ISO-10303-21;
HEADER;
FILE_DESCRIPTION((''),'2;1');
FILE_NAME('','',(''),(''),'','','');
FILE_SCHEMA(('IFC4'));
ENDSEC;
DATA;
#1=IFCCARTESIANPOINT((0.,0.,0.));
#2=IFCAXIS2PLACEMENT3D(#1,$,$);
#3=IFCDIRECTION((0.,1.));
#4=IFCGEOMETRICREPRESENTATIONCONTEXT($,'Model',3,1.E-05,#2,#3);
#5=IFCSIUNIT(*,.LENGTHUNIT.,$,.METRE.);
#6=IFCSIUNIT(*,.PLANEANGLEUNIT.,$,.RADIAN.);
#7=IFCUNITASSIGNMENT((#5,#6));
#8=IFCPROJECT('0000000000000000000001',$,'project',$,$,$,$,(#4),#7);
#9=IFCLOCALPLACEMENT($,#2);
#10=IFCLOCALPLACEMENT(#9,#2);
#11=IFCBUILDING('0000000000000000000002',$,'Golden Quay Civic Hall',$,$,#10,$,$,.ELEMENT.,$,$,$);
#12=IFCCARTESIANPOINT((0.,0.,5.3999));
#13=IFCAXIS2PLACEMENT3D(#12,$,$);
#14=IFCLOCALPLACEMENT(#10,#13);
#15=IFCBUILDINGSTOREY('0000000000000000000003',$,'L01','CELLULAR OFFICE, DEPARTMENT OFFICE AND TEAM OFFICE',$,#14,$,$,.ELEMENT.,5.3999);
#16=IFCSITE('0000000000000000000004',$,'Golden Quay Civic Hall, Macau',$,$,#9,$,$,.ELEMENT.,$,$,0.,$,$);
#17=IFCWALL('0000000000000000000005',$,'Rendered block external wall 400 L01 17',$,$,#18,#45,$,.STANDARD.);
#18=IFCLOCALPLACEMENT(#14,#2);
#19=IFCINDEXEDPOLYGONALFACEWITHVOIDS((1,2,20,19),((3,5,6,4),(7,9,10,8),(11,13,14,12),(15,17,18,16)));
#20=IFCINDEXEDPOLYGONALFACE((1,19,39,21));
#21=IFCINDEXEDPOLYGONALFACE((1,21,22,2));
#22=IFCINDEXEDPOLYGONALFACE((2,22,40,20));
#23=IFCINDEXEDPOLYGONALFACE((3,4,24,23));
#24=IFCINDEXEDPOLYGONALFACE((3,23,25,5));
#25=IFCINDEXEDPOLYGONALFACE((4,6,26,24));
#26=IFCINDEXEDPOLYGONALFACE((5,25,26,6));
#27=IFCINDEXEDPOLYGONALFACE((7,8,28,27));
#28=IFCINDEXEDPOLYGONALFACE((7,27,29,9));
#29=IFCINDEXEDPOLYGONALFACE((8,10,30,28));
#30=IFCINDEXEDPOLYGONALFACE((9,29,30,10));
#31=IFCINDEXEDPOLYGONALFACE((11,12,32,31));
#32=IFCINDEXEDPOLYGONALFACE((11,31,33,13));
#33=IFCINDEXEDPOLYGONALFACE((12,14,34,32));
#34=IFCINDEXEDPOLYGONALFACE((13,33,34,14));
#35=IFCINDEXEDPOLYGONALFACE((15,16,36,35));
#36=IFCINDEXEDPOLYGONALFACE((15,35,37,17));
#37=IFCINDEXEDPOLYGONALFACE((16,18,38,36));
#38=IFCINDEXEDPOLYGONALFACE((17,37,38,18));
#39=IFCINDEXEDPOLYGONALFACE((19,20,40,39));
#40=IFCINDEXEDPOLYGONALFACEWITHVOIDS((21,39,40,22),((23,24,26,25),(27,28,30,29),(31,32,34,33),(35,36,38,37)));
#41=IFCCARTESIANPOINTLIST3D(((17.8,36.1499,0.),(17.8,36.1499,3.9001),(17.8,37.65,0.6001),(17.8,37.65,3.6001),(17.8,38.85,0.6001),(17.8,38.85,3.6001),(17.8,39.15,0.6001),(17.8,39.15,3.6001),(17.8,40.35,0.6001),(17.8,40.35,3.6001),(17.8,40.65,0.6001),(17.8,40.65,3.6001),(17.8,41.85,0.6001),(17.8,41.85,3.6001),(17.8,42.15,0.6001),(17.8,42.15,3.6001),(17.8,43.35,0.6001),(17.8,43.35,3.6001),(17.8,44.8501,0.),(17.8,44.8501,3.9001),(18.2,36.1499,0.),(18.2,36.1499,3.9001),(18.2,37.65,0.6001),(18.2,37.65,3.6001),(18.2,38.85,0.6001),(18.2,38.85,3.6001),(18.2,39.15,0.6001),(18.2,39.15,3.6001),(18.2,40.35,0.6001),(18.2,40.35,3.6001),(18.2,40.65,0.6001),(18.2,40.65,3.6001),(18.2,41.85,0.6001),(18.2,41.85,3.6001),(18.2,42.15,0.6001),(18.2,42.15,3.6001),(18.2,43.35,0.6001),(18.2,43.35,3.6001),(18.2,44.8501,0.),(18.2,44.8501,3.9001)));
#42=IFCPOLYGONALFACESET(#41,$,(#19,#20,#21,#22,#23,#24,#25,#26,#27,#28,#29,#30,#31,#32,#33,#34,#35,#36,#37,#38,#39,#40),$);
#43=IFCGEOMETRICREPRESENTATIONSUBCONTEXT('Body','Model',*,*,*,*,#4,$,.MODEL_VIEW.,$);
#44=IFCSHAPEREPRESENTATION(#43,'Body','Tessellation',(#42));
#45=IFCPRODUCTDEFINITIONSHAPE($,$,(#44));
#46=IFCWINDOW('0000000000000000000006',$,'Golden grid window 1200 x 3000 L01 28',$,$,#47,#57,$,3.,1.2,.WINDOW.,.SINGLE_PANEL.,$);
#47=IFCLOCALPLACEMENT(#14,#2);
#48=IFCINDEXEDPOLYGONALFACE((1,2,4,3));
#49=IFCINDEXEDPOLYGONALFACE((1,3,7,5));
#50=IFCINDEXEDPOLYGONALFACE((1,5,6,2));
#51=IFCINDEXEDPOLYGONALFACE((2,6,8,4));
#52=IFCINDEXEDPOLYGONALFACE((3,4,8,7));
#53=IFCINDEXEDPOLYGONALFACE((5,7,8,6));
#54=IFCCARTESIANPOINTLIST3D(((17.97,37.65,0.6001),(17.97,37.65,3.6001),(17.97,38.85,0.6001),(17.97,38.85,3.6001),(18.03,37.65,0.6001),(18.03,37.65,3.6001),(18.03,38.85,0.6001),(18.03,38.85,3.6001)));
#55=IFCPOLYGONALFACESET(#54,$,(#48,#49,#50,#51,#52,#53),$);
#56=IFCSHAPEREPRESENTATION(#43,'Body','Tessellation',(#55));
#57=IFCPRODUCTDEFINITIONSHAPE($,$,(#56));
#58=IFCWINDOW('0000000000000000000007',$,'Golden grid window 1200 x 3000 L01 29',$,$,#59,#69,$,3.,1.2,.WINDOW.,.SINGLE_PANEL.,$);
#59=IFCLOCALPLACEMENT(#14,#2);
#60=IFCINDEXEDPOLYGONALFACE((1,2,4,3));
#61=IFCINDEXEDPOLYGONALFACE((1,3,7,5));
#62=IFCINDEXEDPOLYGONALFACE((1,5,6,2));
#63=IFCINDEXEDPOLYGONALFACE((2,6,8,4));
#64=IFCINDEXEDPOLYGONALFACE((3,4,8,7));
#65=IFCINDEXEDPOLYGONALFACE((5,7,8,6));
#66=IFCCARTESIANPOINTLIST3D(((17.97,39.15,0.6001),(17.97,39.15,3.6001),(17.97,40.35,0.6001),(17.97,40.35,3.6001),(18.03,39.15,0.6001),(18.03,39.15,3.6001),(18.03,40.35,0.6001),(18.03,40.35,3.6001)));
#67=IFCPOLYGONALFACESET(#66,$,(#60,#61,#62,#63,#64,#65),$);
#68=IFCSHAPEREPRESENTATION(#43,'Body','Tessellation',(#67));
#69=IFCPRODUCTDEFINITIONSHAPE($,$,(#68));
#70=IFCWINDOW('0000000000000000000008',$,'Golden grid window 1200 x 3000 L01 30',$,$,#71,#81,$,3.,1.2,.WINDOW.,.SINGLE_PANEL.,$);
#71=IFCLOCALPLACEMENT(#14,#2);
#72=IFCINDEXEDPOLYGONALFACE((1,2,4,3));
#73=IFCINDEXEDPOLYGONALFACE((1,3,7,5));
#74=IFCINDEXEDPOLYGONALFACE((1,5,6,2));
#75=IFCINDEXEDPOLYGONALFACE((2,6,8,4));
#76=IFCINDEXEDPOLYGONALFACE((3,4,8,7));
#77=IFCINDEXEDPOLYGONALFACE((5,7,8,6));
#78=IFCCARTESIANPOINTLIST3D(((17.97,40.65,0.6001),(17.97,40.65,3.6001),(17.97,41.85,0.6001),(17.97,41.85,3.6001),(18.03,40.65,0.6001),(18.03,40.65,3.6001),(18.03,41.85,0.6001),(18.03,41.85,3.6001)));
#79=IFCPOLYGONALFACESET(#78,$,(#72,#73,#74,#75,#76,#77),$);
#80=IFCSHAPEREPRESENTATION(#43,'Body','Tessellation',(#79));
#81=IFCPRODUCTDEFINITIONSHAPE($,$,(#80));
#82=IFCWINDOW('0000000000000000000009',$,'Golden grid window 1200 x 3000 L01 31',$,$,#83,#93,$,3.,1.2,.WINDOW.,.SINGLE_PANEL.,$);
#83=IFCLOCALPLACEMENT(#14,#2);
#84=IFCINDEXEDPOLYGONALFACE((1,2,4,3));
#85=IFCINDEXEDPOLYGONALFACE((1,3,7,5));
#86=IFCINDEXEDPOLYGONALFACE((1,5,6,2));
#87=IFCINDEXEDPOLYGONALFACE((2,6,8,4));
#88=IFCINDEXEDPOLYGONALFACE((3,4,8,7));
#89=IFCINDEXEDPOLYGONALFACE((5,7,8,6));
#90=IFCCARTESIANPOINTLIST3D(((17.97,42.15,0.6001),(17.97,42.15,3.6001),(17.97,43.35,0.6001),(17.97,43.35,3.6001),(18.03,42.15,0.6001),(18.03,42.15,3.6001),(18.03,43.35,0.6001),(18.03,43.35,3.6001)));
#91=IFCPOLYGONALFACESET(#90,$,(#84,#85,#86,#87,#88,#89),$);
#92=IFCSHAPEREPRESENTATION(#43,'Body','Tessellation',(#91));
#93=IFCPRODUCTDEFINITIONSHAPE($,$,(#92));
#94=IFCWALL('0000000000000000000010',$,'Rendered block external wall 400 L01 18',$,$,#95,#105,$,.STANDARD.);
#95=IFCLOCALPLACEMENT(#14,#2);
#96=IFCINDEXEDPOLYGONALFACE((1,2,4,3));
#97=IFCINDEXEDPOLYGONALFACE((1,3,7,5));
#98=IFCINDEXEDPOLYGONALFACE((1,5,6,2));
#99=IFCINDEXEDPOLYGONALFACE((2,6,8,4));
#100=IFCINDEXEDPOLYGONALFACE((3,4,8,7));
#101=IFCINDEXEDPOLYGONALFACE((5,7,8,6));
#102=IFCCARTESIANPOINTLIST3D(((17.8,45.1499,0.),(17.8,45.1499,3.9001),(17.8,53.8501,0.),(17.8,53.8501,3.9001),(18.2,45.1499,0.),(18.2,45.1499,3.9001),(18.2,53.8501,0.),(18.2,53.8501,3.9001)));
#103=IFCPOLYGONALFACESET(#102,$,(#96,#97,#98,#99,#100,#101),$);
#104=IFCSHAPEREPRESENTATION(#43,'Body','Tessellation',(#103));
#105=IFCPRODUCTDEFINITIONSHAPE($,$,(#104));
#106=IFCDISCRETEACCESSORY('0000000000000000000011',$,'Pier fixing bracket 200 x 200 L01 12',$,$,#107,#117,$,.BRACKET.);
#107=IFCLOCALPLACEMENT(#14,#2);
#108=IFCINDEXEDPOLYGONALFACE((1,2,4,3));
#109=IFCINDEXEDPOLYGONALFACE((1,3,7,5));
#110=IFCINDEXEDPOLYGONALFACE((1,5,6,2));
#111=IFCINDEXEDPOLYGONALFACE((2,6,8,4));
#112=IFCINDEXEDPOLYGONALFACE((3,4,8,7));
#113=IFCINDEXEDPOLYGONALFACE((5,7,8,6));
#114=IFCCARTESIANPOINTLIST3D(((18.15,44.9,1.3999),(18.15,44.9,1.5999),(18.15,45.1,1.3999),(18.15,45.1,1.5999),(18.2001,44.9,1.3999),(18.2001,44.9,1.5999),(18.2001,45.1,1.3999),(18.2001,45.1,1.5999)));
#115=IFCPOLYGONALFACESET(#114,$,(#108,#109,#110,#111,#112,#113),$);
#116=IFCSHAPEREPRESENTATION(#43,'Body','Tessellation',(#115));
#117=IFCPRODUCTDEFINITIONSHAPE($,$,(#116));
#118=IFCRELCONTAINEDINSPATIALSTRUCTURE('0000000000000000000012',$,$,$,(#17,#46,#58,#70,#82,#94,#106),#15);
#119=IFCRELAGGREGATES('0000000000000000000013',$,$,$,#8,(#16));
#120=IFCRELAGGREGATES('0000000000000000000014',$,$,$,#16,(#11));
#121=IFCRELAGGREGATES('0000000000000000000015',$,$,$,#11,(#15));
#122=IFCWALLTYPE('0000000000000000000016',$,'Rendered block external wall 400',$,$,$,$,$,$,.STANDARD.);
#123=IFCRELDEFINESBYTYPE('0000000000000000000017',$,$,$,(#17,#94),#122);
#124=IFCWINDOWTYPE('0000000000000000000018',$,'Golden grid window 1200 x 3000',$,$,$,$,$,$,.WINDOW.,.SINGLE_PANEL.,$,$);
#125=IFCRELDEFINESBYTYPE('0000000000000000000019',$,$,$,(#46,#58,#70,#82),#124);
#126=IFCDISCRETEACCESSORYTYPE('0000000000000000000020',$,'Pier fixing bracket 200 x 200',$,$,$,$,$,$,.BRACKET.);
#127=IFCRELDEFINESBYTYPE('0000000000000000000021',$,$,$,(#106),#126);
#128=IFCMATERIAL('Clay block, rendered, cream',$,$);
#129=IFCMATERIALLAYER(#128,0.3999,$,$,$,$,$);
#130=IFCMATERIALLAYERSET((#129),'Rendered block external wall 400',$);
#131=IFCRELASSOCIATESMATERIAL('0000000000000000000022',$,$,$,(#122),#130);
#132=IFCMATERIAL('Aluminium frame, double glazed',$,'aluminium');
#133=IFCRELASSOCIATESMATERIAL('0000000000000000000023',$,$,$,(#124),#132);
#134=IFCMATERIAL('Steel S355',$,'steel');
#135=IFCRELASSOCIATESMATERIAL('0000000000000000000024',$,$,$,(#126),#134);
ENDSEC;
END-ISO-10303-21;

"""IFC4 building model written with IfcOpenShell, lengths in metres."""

from ifc_helpers import new_model, si_unit, direction, frame, frame_2d, origin, origin_2d, place, context, subcontext, project, spatial, rectangle, extrude, material, layer, layer_set, type_object, element, fill, save


model = new_model("IFC4")

# Units and contexts
model_context = context("Model", 3, precision=1e-05, world=origin(), true_north=direction((0.0, 1.0)))
body_context = subcontext(model_context, "Body", "Model", "MODEL_VIEW")
ifc_project = project(units=[si_unit("LENGTHUNIT", "METRE"), si_unit("PLANEANGLEUNIT", "RADIAN")], contexts=[model_context])

# Site, building, storey
site_placement = place(None, origin())
site = spatial("IfcSite", under=ifc_project, at=site_placement, Name="Golden Quay Civic Hall, Macau", CompositionType="ELEMENT", RefElevation=0.0)
building_placement = place(site_placement, origin())
building = spatial("IfcBuilding", under=site, at=building_placement, Name="Golden Quay Civic Hall", CompositionType="ELEMENT")
storey_placement = place(building_placement, frame((0.0, 0.0, 5.3999)))
storey = spatial("IfcBuildingStorey", under=building, at=storey_placement, Name="L01", Description="CELLULAR OFFICE, DEPARTMENT OFFICE AND TEAM OFFICE", CompositionType="ELEMENT", Elevation=5.3999)

# Wall, openings, windows
ifc_material_1 = material(Name="Clay block, rendered, cream")
ifc_layer_1 = layer(ifc_material_1, 0.3999)
ifc_layer_set_1 = layer_set([ifc_layer_1], Name="Rendered block external wall 400")
wall_type_1 = type_object("IfcWallType", Name="Rendered block external wall 400", PredefinedType="STANDARD", material=ifc_layer_set_1)
wall_1_placement = place(storey_placement, frame((18.0, 44.8501, 0.0), z_axis=(0.0, 0.0, 1.0), x_axis=(0.0, -1.0, 0.0)))
wall_1 = element("IfcWall", 1, at=wall_1_placement, inside=storey, type_object=wall_type_1, Name="Rendered block external wall 400 L01 17", PredefinedType="STANDARD", context=body_context, shape_type="SweptSolid", body=[
    extrude(rectangle(XDim=8.7002, YDim=0.3999, at=frame_2d((4.3501, 0.0))), origin(), (0.0, 0.0, 1.0), 3.9001),
])
opening_1_placement = place(wall_1_placement, frame((6.0, 0.0, 0.6001)))
opening_1 = element("IfcOpeningElement", 2, at=opening_1_placement, cuts=wall_1, PredefinedType="OPENING", context=body_context, shape_type="SweptSolid", body=[
    extrude(rectangle(XDim=1.2, YDim=3.0, at=frame_2d((0.6001, 1.5))), frame((0.0, 0.21, 0.0), z_axis=(0.0, -1.0, 0.0), x_axis=(1.0, 0.0, 0.0)), (0.0, 0.0, 1.0), 0.4199),
])
opening_2_placement = place(wall_1_placement, frame((4.5, 0.0, 0.6001)))
opening_2 = element("IfcOpeningElement", 3, at=opening_2_placement, cuts=wall_1, PredefinedType="OPENING", context=body_context, shape_type="SweptSolid", body=[
    extrude(rectangle(XDim=1.2, YDim=3.0, at=frame_2d((0.6001, 1.5))), frame((0.0, 0.21, 0.0), z_axis=(0.0, -1.0, 0.0), x_axis=(1.0, 0.0, 0.0)), (0.0, 0.0, 1.0), 0.4199),
])
opening_3_placement = place(wall_1_placement, frame((3.0, 0.0, 0.6001)))
opening_3 = element("IfcOpeningElement", 4, at=opening_3_placement, cuts=wall_1, PredefinedType="OPENING", context=body_context, shape_type="SweptSolid", body=[
    extrude(rectangle(XDim=1.2, YDim=3.0, at=frame_2d((0.6001, 1.5))), frame((0.0, 0.21, 0.0), z_axis=(0.0, -1.0, 0.0), x_axis=(1.0, 0.0, 0.0)), (0.0, 0.0, 1.0), 0.4199),
])
opening_4_placement = place(wall_1_placement, frame((1.5, 0.0, 0.6001)))
opening_4 = element("IfcOpeningElement", 5, at=opening_4_placement, cuts=wall_1, PredefinedType="OPENING", context=body_context, shape_type="SweptSolid", body=[
    extrude(rectangle(XDim=1.2, YDim=3.0, at=frame_2d((0.6001, 1.5))), frame((0.0, 0.21, 0.0), z_axis=(0.0, -1.0, 0.0), x_axis=(1.0, 0.0, 0.0)), (0.0, 0.0, 1.0), 0.4199),
])
ifc_material_2 = material(Name="Aluminium frame, double glazed", Category="aluminium")
window_type = type_object("IfcWindowType", Name="Golden grid window 1200 x 3000", PartitioningType="SINGLE_PANEL", PredefinedType="WINDOW", material=ifc_material_2)
window_1_placement = place(opening_1_placement, origin())
window_1 = element("IfcWindow", 6, at=window_1_placement, inside=storey, type_object=window_type, Name="Golden grid window 1200 x 3000 L01 28", OverallHeight=3.0, OverallWidth=1.2, PartitioningType="SINGLE_PANEL", PredefinedType="WINDOW", context=body_context, shape_type="SweptSolid", body=[
    extrude(rectangle(XDim=1.2, YDim=3.0, at=frame_2d((0.6001, 1.5))), frame((0.0, 0.03, 0.0), z_axis=(0.0, -1.0, 0.0), x_axis=(1.0, 0.0, 0.0)), (0.0, 0.0, 1.0), 0.0601),
])
fill(opening_1, window_1)
window_2_placement = place(opening_2_placement, origin())
window_2 = element("IfcWindow", 7, at=window_2_placement, inside=storey, type_object=window_type, Name="Golden grid window 1200 x 3000 L01 29", OverallHeight=3.0, OverallWidth=1.2, PartitioningType="SINGLE_PANEL", PredefinedType="WINDOW", context=body_context, shape_type="SweptSolid", body=[
    extrude(rectangle(XDim=1.2, YDim=3.0, at=frame_2d((0.6001, 1.5))), frame((0.0, 0.03, 0.0), z_axis=(0.0, -1.0, 0.0), x_axis=(1.0, 0.0, 0.0)), (0.0, 0.0, 1.0), 0.0601),
])
fill(opening_2, window_2)
window_3_placement = place(opening_3_placement, origin())
window_3 = element("IfcWindow", 8, at=window_3_placement, inside=storey, type_object=window_type, Name="Golden grid window 1200 x 3000 L01 30", OverallHeight=3.0, OverallWidth=1.2, PartitioningType="SINGLE_PANEL", PredefinedType="WINDOW", context=body_context, shape_type="SweptSolid", body=[
    extrude(rectangle(XDim=1.2, YDim=3.0, at=frame_2d((0.6001, 1.5))), frame((0.0, 0.03, 0.0), z_axis=(0.0, -1.0, 0.0), x_axis=(1.0, 0.0, 0.0)), (0.0, 0.0, 1.0), 0.0601),
])
fill(opening_3, window_3)
window_4_placement = place(opening_4_placement, origin())
window_4 = element("IfcWindow", 9, at=window_4_placement, inside=storey, type_object=window_type, Name="Golden grid window 1200 x 3000 L01 31", OverallHeight=3.0, OverallWidth=1.2, PartitioningType="SINGLE_PANEL", PredefinedType="WINDOW", context=body_context, shape_type="SweptSolid", body=[
    extrude(rectangle(XDim=1.2, YDim=3.0, at=frame_2d((0.6001, 1.5))), frame((0.0, 0.03, 0.0), z_axis=(0.0, -1.0, 0.0), x_axis=(1.0, 0.0, 0.0)), (0.0, 0.0, 1.0), 0.0601),
])
fill(opening_4, window_4)

# Wall
wall_2_placement = place(storey_placement, frame((18.0, 53.8501, 0.0), z_axis=(0.0, 0.0, 1.0), x_axis=(0.0, -1.0, 0.0)))
element("IfcWall", 10, at=wall_2_placement, inside=storey, type_object=wall_type_1, Name="Rendered block external wall 400 L01 18", PredefinedType="STANDARD", context=body_context, shape_type="SweptSolid", body=[
    extrude(rectangle(XDim=8.7002, YDim=0.3999, at=frame_2d((4.3501, 0.0))), origin(), (0.0, 0.0, 1.0), 3.9001),
])

# Discrete accessory
ifc_material_3 = material(Name="Steel S355", Category="steel")
discrete_accessory_type = type_object("IfcDiscreteAccessoryType", Name="Pier fixing bracket 200 x 200", PredefinedType="BRACKET", material=ifc_material_3)
discrete_accessory_placement = place(storey_placement, frame((18.175, 45.0, 1.3999), z_axis=(0.0, 0.0, 1.0), x_axis=(0.0, 1.0, 0.0)))
element("IfcDiscreteAccessory", 11, at=discrete_accessory_placement, inside=storey, type_object=discrete_accessory_type, Name="Pier fixing bracket 200 x 200 L01 12", PredefinedType="BRACKET", context=body_context, shape_type="SweptSolid", body=[
    extrude(rectangle(XDim=0.2, YDim=0.05, at=origin_2d()), origin(), (0.0, 0.0, 1.0), 0.2),
])

save(model, "model.ifc")
